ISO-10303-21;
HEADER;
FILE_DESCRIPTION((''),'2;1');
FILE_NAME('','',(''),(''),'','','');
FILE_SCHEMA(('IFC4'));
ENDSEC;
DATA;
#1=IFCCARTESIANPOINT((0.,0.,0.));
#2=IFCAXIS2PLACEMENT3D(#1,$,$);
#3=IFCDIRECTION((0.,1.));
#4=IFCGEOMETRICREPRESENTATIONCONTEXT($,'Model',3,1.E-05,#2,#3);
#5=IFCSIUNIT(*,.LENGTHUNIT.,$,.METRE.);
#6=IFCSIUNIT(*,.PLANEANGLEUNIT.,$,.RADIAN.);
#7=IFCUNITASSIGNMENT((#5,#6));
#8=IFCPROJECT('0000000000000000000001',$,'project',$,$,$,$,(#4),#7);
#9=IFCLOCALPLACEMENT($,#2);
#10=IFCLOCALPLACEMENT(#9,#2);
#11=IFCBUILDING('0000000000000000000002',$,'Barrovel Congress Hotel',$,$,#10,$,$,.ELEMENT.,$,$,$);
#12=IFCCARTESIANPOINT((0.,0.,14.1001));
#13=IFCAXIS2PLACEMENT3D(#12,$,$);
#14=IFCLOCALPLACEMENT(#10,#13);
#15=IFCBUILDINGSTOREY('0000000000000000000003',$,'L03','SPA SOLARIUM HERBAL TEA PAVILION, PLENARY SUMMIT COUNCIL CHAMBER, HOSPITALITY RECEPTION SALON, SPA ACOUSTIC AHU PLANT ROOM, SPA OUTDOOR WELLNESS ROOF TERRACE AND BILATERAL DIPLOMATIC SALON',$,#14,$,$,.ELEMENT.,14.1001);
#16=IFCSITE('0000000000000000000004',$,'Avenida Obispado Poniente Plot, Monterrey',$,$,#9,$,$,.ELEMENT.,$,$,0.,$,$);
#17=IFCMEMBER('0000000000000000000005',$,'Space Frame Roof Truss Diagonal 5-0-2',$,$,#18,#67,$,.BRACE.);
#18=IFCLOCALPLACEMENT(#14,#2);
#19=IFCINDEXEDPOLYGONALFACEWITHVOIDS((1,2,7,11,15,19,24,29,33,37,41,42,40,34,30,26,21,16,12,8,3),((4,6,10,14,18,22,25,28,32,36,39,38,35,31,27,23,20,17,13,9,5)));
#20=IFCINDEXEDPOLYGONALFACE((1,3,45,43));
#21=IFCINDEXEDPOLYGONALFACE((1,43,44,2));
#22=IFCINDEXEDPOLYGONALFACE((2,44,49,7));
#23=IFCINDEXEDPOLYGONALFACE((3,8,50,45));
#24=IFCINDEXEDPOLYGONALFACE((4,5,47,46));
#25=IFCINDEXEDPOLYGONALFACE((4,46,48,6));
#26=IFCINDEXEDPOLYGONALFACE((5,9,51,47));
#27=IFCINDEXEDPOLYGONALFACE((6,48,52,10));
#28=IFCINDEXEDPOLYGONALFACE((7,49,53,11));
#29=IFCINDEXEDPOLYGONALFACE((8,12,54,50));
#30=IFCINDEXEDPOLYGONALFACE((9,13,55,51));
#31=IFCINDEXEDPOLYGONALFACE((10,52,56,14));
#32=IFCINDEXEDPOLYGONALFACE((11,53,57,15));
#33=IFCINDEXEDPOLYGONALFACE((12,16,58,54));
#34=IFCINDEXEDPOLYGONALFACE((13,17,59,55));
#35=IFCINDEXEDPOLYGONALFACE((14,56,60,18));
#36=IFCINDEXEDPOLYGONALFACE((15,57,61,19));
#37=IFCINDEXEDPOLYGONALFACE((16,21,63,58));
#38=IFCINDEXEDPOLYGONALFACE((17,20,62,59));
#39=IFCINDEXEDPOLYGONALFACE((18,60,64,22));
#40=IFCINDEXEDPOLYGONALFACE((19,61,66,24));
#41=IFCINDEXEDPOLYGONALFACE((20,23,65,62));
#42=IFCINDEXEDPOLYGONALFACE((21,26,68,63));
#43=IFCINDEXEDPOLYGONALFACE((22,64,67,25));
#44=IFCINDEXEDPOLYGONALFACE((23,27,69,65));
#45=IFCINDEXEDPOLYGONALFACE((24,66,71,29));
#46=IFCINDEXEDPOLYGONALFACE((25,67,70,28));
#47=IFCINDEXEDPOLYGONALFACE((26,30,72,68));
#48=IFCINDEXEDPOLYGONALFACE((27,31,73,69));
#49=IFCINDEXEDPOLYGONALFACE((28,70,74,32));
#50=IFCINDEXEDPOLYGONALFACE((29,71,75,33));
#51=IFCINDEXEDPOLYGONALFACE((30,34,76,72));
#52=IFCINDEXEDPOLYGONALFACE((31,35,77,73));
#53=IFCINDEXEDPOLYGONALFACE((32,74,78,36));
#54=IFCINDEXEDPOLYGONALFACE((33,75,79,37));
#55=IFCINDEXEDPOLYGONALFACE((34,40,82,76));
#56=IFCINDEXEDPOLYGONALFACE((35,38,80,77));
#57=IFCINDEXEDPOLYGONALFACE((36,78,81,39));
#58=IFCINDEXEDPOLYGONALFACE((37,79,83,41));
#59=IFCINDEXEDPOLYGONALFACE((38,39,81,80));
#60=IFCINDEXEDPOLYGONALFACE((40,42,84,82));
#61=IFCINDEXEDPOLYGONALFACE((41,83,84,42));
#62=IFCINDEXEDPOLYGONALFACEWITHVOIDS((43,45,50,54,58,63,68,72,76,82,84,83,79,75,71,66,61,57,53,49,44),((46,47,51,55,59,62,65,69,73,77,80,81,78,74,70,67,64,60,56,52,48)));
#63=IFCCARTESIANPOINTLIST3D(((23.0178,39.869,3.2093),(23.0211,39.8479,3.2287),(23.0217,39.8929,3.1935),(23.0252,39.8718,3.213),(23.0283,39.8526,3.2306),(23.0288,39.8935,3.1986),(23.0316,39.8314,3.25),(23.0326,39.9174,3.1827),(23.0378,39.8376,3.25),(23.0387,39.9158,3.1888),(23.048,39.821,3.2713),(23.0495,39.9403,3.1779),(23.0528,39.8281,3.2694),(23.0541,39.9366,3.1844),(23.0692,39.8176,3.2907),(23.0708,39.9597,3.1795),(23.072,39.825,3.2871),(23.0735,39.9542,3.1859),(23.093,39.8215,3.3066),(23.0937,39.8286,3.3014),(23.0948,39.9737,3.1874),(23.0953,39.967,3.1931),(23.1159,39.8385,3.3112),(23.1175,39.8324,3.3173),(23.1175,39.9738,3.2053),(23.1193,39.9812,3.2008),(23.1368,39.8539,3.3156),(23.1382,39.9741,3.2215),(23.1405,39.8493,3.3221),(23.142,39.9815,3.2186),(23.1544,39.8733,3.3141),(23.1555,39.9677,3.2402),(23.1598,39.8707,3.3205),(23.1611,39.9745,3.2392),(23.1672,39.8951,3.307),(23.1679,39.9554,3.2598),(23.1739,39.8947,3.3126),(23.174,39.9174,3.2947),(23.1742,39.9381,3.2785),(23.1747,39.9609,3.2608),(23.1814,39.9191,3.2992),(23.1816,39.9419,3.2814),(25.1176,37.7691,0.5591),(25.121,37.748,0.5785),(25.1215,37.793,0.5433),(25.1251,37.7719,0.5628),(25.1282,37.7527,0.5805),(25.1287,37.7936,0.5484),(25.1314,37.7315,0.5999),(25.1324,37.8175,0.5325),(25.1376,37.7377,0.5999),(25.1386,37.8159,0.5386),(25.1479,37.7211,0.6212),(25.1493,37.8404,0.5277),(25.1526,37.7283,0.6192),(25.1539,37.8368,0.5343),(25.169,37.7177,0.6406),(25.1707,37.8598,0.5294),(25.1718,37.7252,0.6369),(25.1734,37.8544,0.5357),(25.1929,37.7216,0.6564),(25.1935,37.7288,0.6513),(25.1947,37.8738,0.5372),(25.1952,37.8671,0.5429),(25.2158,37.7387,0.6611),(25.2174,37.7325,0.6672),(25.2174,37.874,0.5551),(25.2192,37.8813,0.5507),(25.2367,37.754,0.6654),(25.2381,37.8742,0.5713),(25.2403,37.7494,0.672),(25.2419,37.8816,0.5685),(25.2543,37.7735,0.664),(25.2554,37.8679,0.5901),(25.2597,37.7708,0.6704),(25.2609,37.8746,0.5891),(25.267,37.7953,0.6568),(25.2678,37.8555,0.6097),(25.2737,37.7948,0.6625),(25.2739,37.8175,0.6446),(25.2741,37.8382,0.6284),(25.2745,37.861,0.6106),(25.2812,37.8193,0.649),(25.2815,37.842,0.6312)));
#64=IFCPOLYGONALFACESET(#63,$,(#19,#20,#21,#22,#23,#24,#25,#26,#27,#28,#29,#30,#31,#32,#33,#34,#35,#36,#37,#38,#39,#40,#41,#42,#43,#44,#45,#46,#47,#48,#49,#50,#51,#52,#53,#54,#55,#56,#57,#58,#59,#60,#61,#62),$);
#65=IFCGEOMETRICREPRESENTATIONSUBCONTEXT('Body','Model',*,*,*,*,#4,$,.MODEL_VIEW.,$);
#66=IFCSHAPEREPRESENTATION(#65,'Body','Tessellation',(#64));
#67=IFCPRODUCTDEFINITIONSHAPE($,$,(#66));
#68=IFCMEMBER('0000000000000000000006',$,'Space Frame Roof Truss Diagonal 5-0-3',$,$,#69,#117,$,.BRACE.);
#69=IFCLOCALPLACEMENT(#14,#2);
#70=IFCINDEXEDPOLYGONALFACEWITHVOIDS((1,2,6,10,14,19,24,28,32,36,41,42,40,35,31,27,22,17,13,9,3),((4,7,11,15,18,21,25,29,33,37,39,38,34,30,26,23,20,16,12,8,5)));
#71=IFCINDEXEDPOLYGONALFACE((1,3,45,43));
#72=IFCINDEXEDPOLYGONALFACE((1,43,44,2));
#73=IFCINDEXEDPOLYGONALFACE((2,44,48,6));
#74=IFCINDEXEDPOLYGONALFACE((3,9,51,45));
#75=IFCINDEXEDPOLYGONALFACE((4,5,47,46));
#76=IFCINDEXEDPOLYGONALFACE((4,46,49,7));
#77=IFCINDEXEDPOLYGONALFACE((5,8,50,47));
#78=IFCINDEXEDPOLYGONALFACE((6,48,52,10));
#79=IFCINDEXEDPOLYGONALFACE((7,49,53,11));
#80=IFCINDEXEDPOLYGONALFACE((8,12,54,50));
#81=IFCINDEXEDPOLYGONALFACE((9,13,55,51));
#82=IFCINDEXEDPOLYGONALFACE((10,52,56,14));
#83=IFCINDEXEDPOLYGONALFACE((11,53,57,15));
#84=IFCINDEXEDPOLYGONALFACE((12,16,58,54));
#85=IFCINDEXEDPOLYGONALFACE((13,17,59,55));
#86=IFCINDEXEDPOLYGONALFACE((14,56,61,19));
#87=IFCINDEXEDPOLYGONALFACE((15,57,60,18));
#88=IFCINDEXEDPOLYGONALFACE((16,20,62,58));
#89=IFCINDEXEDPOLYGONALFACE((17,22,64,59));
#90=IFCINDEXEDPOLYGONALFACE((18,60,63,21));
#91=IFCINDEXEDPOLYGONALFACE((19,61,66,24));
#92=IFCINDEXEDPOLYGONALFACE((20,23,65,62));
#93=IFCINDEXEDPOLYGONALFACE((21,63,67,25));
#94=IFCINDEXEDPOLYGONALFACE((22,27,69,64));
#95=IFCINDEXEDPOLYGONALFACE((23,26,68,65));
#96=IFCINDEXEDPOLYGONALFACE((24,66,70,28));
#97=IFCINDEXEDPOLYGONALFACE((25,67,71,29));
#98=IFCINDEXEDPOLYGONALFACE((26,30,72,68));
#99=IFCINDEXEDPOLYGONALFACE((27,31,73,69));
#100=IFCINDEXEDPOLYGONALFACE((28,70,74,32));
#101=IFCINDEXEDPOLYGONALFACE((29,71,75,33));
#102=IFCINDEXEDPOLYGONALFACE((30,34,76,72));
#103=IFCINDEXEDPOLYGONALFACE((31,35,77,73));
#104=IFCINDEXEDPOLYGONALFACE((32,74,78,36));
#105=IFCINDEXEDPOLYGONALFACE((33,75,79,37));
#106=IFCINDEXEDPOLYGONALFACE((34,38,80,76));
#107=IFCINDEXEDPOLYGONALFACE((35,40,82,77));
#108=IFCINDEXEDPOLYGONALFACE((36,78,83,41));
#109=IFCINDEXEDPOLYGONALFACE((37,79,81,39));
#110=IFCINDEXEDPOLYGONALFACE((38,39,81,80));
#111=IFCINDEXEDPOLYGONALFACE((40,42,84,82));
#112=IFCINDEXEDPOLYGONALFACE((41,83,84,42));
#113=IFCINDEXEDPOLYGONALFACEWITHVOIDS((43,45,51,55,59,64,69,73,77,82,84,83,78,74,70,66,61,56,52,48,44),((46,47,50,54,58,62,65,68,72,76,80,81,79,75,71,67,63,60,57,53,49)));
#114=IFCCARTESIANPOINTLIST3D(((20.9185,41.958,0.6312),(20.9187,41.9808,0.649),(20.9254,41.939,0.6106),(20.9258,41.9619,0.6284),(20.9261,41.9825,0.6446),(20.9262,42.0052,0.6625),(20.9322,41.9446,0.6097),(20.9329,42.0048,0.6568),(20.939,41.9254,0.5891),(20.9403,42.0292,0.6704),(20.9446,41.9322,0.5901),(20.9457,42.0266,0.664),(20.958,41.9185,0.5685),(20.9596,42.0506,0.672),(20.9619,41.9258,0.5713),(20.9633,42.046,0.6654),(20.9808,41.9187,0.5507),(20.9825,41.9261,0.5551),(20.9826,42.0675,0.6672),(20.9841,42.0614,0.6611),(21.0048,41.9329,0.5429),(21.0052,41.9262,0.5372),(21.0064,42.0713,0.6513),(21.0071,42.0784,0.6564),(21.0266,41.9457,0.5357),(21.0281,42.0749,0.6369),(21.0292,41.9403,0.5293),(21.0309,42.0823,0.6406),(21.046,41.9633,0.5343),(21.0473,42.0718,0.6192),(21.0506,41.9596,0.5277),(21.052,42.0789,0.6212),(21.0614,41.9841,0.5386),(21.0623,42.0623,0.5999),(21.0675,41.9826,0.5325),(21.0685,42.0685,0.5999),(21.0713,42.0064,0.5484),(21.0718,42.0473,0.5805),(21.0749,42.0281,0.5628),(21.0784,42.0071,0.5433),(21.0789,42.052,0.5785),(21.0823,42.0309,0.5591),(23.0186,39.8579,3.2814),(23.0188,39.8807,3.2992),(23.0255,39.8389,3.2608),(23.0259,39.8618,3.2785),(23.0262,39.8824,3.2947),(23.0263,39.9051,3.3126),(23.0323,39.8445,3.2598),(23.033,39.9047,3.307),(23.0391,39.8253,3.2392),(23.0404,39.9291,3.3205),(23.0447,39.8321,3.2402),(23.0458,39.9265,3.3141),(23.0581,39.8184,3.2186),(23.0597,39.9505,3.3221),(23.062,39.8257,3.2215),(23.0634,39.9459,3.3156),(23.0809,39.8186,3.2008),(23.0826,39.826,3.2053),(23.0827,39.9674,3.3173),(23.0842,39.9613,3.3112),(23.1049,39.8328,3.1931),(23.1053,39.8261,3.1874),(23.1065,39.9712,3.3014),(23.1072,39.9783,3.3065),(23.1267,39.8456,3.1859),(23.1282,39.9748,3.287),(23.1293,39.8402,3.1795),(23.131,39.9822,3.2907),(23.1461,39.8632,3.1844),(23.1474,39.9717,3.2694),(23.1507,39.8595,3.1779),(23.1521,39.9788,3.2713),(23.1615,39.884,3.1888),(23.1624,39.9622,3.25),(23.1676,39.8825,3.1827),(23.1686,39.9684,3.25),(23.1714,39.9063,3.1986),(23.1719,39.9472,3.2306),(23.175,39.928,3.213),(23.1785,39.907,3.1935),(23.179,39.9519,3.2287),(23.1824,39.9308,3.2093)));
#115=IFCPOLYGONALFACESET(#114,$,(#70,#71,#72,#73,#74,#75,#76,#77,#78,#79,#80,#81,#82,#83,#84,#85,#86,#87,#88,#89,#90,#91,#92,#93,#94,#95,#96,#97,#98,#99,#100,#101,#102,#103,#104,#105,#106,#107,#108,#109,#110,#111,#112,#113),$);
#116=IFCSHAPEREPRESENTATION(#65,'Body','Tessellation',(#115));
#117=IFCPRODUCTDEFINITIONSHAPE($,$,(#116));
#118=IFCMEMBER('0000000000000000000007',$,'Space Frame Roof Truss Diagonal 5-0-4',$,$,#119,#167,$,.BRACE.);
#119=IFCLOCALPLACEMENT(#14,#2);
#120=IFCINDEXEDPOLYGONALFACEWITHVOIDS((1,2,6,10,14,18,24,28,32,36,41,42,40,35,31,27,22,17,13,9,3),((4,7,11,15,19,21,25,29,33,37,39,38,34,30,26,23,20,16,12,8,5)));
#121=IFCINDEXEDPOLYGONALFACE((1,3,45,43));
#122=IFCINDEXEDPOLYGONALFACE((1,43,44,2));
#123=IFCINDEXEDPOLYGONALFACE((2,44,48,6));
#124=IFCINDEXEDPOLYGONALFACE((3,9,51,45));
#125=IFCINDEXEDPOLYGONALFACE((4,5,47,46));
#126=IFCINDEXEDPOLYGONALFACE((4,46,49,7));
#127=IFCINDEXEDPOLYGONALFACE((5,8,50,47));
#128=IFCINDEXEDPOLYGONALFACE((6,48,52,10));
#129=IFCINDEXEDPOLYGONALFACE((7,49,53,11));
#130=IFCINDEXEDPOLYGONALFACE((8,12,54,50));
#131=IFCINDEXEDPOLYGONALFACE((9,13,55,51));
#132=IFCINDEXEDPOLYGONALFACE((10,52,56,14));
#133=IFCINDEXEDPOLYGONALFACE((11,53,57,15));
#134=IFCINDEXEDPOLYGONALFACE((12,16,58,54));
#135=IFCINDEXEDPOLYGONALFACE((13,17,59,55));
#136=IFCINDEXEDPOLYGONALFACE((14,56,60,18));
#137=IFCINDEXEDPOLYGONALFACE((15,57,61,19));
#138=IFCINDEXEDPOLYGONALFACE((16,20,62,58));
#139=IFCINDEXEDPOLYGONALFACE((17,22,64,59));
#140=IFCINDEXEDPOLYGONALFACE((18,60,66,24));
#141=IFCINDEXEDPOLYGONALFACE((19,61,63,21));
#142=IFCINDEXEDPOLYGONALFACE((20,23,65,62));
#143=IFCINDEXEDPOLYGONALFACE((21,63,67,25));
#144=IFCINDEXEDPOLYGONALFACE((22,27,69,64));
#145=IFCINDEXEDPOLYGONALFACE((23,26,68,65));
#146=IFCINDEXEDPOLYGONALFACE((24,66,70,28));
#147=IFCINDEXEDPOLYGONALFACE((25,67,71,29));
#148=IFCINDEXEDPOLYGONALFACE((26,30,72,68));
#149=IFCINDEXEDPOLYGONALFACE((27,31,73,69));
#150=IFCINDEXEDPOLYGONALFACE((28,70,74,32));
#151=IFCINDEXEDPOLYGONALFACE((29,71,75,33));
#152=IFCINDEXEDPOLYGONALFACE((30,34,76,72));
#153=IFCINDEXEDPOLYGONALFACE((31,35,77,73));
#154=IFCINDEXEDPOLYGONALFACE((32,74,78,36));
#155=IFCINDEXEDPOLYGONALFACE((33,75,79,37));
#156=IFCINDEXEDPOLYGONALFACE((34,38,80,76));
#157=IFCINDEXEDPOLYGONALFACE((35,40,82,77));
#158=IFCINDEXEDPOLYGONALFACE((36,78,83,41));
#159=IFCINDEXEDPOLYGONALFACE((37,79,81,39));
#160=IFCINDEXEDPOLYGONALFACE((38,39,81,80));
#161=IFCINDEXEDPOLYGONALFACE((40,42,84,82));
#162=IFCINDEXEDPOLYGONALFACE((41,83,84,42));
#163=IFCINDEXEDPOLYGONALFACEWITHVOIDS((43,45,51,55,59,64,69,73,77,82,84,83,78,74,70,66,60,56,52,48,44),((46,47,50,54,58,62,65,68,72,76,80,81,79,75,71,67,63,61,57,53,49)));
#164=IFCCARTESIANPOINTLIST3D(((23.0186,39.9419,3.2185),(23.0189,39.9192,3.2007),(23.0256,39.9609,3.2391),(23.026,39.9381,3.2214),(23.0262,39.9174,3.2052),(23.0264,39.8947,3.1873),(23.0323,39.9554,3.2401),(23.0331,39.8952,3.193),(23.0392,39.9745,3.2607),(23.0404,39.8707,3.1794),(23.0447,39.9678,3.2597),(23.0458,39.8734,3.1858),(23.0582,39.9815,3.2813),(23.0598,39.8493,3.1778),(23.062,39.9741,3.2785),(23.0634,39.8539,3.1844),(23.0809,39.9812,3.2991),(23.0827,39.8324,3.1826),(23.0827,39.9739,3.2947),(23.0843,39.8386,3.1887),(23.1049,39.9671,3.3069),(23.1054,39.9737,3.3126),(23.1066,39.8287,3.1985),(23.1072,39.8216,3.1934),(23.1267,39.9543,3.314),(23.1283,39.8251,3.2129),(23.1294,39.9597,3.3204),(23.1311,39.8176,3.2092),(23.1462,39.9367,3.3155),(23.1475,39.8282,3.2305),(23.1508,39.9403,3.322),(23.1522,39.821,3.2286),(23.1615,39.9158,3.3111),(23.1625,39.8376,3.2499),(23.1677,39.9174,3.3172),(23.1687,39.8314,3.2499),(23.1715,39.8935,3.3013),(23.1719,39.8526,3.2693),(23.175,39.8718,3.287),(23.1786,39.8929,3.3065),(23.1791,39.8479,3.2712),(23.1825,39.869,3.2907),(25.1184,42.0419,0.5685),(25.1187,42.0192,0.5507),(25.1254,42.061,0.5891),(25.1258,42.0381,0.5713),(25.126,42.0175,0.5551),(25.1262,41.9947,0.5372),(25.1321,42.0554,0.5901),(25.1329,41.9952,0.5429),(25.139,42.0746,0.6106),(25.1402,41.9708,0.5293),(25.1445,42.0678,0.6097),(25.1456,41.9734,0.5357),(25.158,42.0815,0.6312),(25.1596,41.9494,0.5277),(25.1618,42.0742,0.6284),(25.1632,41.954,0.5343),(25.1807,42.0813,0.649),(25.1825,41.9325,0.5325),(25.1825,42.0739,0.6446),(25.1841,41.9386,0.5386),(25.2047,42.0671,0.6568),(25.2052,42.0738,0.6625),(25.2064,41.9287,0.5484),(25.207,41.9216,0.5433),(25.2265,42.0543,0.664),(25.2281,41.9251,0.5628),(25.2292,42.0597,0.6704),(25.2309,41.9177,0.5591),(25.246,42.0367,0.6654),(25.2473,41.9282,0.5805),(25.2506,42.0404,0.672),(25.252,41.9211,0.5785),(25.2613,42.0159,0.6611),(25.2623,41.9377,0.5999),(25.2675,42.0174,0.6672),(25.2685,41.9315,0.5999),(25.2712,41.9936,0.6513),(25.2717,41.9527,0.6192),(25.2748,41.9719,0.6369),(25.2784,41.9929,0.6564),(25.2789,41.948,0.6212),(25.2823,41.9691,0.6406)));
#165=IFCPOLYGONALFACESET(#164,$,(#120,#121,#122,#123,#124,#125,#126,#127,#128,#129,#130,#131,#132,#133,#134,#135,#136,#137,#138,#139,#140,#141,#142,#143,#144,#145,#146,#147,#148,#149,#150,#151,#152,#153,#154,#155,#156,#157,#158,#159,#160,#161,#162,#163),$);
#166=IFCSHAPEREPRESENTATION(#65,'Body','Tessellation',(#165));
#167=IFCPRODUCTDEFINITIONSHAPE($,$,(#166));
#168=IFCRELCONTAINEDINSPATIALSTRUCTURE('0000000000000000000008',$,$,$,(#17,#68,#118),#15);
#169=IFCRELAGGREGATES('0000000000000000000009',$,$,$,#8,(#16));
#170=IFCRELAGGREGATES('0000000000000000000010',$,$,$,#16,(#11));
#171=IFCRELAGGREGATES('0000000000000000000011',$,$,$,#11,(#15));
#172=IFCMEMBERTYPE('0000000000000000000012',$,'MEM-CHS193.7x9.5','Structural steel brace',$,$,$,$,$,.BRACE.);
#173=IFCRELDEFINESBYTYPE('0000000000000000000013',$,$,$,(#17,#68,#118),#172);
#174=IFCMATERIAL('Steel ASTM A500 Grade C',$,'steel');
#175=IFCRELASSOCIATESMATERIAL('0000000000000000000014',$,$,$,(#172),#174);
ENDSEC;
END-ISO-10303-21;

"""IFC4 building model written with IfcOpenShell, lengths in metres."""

from ifc_helpers import new_model, si_unit, direction, frame, origin, origin_2d, place, context, subcontext, project, spatial, hollow_circle, extrude, material, material_profile, profile_set, type_object, element, save


model = new_model("IFC4")

# Units and contexts
model_context = context("Model", 3, precision=1e-05, world=origin(), true_north=direction((0.0, 1.0)))
body_context = subcontext(model_context, "Body", "Model", "MODEL_VIEW")
ifc_project = project(units=[si_unit("LENGTHUNIT", "METRE"), si_unit("PLANEANGLEUNIT", "RADIAN")], contexts=[model_context])

# Site, building, storey
site_placement = place(None, origin())
site = spatial("IfcSite", under=ifc_project, at=site_placement, Name="Avenida Obispado Poniente Plot, Monterrey", CompositionType="ELEMENT", RefElevation=0.0)
building_placement = place(site_placement, origin())
building = spatial("IfcBuilding", under=site, at=building_placement, Name="Barrovel Congress Hotel", CompositionType="ELEMENT")
storey_placement = place(building_placement, frame((0.0, 0.0, 14.1001)))
storey = spatial("IfcBuildingStorey", under=building, at=storey_placement, Name="L03", Description="SPA SOLARIUM HERBAL TEA PAVILION, PLENARY SUMMIT COUNCIL CHAMBER, HOSPITALITY RECEPTION SALON, SPA ACOUSTIC AHU PLANT ROOM, SPA OUTDOOR WELLNESS ROOF TERRACE AND BILATERAL DIPLOMATIC SALON", CompositionType="ELEMENT", Elevation=14.1001)

# Members
ifc_material_1 = material(Name="Steel ASTM A500 Grade C", Category="steel")
ifc_material_profile_1 = material_profile(ifc_material_1, hollow_circle(Radius=0.0969, WallThickness=0.0088, at=origin_2d()), Name="CHS193.7x9.5")
ifc_profile_set_1 = profile_set([ifc_material_profile_1], Name="Steel ASTM A500 Grade C")
member_type_1 = type_object("IfcMemberType", Name="MEM-CHS193.7x9.5", Description="Structural steel brace", PredefinedType="BRACE", material=ifc_profile_set_1)
for number, where, z_axis, x_axis, name in (
    (1, (25.2, 37.8, 0.5999), (-0.527574, 0.527574, 0.665831), (-0.707107, -0.707107, 0.0), "Space Frame Roof Truss Diagonal 5-0-2"),
):
    element("IfcMember", number, at=place(storey_placement, frame(where, z_axis=z_axis, x_axis=x_axis)), inside=storey, type_object=member_type_1, Name=name, PredefinedType="BRACE", context=body_context, shape_type="SweptSolid", body=[
        extrude(hollow_circle(Radius=0.0969, WallThickness=0.0088, at=origin_2d()), origin(), (0.0, 0.0, 1.0), 3.9802),
    ])
member_1_placement = place(storey_placement, frame((21.0, 42.0, 0.5999), z_axis=(0.527601, -0.527601, 0.665788), x_axis=(0.707107, 0.707107, 0.0)))
element("IfcMember", 2, at=member_1_placement, inside=storey, type_object=member_type_1, Name="Space Frame Roof Truss Diagonal 5-0-3", PredefinedType="BRACE", context=body_context, shape_type="SweptSolid", body=[
    extrude(hollow_circle(Radius=0.0969, WallThickness=0.0088, at=origin_2d()), origin(), (0.0, 0.0, 1.0), 3.9805),
])
for number, where, z_axis, x_axis, name in (
    (3, (25.2, 42.0, 0.5999), (-0.527557, -0.527618, 0.66581), (0.707148, -0.707066, 0.0), "Space Frame Roof Truss Diagonal 5-0-4"),
):
    element("IfcMember", number, at=place(storey_placement, frame(where, z_axis=z_axis, x_axis=x_axis)), inside=storey, type_object=member_type_1, Name=name, PredefinedType="BRACE", context=body_context, shape_type="SweptSolid", body=[
        extrude(hollow_circle(Radius=0.0969, WallThickness=0.0088, at=origin_2d()), origin(), (0.0, 0.0, 1.0), 3.9802),
    ])

save(model, "model.ifc")
